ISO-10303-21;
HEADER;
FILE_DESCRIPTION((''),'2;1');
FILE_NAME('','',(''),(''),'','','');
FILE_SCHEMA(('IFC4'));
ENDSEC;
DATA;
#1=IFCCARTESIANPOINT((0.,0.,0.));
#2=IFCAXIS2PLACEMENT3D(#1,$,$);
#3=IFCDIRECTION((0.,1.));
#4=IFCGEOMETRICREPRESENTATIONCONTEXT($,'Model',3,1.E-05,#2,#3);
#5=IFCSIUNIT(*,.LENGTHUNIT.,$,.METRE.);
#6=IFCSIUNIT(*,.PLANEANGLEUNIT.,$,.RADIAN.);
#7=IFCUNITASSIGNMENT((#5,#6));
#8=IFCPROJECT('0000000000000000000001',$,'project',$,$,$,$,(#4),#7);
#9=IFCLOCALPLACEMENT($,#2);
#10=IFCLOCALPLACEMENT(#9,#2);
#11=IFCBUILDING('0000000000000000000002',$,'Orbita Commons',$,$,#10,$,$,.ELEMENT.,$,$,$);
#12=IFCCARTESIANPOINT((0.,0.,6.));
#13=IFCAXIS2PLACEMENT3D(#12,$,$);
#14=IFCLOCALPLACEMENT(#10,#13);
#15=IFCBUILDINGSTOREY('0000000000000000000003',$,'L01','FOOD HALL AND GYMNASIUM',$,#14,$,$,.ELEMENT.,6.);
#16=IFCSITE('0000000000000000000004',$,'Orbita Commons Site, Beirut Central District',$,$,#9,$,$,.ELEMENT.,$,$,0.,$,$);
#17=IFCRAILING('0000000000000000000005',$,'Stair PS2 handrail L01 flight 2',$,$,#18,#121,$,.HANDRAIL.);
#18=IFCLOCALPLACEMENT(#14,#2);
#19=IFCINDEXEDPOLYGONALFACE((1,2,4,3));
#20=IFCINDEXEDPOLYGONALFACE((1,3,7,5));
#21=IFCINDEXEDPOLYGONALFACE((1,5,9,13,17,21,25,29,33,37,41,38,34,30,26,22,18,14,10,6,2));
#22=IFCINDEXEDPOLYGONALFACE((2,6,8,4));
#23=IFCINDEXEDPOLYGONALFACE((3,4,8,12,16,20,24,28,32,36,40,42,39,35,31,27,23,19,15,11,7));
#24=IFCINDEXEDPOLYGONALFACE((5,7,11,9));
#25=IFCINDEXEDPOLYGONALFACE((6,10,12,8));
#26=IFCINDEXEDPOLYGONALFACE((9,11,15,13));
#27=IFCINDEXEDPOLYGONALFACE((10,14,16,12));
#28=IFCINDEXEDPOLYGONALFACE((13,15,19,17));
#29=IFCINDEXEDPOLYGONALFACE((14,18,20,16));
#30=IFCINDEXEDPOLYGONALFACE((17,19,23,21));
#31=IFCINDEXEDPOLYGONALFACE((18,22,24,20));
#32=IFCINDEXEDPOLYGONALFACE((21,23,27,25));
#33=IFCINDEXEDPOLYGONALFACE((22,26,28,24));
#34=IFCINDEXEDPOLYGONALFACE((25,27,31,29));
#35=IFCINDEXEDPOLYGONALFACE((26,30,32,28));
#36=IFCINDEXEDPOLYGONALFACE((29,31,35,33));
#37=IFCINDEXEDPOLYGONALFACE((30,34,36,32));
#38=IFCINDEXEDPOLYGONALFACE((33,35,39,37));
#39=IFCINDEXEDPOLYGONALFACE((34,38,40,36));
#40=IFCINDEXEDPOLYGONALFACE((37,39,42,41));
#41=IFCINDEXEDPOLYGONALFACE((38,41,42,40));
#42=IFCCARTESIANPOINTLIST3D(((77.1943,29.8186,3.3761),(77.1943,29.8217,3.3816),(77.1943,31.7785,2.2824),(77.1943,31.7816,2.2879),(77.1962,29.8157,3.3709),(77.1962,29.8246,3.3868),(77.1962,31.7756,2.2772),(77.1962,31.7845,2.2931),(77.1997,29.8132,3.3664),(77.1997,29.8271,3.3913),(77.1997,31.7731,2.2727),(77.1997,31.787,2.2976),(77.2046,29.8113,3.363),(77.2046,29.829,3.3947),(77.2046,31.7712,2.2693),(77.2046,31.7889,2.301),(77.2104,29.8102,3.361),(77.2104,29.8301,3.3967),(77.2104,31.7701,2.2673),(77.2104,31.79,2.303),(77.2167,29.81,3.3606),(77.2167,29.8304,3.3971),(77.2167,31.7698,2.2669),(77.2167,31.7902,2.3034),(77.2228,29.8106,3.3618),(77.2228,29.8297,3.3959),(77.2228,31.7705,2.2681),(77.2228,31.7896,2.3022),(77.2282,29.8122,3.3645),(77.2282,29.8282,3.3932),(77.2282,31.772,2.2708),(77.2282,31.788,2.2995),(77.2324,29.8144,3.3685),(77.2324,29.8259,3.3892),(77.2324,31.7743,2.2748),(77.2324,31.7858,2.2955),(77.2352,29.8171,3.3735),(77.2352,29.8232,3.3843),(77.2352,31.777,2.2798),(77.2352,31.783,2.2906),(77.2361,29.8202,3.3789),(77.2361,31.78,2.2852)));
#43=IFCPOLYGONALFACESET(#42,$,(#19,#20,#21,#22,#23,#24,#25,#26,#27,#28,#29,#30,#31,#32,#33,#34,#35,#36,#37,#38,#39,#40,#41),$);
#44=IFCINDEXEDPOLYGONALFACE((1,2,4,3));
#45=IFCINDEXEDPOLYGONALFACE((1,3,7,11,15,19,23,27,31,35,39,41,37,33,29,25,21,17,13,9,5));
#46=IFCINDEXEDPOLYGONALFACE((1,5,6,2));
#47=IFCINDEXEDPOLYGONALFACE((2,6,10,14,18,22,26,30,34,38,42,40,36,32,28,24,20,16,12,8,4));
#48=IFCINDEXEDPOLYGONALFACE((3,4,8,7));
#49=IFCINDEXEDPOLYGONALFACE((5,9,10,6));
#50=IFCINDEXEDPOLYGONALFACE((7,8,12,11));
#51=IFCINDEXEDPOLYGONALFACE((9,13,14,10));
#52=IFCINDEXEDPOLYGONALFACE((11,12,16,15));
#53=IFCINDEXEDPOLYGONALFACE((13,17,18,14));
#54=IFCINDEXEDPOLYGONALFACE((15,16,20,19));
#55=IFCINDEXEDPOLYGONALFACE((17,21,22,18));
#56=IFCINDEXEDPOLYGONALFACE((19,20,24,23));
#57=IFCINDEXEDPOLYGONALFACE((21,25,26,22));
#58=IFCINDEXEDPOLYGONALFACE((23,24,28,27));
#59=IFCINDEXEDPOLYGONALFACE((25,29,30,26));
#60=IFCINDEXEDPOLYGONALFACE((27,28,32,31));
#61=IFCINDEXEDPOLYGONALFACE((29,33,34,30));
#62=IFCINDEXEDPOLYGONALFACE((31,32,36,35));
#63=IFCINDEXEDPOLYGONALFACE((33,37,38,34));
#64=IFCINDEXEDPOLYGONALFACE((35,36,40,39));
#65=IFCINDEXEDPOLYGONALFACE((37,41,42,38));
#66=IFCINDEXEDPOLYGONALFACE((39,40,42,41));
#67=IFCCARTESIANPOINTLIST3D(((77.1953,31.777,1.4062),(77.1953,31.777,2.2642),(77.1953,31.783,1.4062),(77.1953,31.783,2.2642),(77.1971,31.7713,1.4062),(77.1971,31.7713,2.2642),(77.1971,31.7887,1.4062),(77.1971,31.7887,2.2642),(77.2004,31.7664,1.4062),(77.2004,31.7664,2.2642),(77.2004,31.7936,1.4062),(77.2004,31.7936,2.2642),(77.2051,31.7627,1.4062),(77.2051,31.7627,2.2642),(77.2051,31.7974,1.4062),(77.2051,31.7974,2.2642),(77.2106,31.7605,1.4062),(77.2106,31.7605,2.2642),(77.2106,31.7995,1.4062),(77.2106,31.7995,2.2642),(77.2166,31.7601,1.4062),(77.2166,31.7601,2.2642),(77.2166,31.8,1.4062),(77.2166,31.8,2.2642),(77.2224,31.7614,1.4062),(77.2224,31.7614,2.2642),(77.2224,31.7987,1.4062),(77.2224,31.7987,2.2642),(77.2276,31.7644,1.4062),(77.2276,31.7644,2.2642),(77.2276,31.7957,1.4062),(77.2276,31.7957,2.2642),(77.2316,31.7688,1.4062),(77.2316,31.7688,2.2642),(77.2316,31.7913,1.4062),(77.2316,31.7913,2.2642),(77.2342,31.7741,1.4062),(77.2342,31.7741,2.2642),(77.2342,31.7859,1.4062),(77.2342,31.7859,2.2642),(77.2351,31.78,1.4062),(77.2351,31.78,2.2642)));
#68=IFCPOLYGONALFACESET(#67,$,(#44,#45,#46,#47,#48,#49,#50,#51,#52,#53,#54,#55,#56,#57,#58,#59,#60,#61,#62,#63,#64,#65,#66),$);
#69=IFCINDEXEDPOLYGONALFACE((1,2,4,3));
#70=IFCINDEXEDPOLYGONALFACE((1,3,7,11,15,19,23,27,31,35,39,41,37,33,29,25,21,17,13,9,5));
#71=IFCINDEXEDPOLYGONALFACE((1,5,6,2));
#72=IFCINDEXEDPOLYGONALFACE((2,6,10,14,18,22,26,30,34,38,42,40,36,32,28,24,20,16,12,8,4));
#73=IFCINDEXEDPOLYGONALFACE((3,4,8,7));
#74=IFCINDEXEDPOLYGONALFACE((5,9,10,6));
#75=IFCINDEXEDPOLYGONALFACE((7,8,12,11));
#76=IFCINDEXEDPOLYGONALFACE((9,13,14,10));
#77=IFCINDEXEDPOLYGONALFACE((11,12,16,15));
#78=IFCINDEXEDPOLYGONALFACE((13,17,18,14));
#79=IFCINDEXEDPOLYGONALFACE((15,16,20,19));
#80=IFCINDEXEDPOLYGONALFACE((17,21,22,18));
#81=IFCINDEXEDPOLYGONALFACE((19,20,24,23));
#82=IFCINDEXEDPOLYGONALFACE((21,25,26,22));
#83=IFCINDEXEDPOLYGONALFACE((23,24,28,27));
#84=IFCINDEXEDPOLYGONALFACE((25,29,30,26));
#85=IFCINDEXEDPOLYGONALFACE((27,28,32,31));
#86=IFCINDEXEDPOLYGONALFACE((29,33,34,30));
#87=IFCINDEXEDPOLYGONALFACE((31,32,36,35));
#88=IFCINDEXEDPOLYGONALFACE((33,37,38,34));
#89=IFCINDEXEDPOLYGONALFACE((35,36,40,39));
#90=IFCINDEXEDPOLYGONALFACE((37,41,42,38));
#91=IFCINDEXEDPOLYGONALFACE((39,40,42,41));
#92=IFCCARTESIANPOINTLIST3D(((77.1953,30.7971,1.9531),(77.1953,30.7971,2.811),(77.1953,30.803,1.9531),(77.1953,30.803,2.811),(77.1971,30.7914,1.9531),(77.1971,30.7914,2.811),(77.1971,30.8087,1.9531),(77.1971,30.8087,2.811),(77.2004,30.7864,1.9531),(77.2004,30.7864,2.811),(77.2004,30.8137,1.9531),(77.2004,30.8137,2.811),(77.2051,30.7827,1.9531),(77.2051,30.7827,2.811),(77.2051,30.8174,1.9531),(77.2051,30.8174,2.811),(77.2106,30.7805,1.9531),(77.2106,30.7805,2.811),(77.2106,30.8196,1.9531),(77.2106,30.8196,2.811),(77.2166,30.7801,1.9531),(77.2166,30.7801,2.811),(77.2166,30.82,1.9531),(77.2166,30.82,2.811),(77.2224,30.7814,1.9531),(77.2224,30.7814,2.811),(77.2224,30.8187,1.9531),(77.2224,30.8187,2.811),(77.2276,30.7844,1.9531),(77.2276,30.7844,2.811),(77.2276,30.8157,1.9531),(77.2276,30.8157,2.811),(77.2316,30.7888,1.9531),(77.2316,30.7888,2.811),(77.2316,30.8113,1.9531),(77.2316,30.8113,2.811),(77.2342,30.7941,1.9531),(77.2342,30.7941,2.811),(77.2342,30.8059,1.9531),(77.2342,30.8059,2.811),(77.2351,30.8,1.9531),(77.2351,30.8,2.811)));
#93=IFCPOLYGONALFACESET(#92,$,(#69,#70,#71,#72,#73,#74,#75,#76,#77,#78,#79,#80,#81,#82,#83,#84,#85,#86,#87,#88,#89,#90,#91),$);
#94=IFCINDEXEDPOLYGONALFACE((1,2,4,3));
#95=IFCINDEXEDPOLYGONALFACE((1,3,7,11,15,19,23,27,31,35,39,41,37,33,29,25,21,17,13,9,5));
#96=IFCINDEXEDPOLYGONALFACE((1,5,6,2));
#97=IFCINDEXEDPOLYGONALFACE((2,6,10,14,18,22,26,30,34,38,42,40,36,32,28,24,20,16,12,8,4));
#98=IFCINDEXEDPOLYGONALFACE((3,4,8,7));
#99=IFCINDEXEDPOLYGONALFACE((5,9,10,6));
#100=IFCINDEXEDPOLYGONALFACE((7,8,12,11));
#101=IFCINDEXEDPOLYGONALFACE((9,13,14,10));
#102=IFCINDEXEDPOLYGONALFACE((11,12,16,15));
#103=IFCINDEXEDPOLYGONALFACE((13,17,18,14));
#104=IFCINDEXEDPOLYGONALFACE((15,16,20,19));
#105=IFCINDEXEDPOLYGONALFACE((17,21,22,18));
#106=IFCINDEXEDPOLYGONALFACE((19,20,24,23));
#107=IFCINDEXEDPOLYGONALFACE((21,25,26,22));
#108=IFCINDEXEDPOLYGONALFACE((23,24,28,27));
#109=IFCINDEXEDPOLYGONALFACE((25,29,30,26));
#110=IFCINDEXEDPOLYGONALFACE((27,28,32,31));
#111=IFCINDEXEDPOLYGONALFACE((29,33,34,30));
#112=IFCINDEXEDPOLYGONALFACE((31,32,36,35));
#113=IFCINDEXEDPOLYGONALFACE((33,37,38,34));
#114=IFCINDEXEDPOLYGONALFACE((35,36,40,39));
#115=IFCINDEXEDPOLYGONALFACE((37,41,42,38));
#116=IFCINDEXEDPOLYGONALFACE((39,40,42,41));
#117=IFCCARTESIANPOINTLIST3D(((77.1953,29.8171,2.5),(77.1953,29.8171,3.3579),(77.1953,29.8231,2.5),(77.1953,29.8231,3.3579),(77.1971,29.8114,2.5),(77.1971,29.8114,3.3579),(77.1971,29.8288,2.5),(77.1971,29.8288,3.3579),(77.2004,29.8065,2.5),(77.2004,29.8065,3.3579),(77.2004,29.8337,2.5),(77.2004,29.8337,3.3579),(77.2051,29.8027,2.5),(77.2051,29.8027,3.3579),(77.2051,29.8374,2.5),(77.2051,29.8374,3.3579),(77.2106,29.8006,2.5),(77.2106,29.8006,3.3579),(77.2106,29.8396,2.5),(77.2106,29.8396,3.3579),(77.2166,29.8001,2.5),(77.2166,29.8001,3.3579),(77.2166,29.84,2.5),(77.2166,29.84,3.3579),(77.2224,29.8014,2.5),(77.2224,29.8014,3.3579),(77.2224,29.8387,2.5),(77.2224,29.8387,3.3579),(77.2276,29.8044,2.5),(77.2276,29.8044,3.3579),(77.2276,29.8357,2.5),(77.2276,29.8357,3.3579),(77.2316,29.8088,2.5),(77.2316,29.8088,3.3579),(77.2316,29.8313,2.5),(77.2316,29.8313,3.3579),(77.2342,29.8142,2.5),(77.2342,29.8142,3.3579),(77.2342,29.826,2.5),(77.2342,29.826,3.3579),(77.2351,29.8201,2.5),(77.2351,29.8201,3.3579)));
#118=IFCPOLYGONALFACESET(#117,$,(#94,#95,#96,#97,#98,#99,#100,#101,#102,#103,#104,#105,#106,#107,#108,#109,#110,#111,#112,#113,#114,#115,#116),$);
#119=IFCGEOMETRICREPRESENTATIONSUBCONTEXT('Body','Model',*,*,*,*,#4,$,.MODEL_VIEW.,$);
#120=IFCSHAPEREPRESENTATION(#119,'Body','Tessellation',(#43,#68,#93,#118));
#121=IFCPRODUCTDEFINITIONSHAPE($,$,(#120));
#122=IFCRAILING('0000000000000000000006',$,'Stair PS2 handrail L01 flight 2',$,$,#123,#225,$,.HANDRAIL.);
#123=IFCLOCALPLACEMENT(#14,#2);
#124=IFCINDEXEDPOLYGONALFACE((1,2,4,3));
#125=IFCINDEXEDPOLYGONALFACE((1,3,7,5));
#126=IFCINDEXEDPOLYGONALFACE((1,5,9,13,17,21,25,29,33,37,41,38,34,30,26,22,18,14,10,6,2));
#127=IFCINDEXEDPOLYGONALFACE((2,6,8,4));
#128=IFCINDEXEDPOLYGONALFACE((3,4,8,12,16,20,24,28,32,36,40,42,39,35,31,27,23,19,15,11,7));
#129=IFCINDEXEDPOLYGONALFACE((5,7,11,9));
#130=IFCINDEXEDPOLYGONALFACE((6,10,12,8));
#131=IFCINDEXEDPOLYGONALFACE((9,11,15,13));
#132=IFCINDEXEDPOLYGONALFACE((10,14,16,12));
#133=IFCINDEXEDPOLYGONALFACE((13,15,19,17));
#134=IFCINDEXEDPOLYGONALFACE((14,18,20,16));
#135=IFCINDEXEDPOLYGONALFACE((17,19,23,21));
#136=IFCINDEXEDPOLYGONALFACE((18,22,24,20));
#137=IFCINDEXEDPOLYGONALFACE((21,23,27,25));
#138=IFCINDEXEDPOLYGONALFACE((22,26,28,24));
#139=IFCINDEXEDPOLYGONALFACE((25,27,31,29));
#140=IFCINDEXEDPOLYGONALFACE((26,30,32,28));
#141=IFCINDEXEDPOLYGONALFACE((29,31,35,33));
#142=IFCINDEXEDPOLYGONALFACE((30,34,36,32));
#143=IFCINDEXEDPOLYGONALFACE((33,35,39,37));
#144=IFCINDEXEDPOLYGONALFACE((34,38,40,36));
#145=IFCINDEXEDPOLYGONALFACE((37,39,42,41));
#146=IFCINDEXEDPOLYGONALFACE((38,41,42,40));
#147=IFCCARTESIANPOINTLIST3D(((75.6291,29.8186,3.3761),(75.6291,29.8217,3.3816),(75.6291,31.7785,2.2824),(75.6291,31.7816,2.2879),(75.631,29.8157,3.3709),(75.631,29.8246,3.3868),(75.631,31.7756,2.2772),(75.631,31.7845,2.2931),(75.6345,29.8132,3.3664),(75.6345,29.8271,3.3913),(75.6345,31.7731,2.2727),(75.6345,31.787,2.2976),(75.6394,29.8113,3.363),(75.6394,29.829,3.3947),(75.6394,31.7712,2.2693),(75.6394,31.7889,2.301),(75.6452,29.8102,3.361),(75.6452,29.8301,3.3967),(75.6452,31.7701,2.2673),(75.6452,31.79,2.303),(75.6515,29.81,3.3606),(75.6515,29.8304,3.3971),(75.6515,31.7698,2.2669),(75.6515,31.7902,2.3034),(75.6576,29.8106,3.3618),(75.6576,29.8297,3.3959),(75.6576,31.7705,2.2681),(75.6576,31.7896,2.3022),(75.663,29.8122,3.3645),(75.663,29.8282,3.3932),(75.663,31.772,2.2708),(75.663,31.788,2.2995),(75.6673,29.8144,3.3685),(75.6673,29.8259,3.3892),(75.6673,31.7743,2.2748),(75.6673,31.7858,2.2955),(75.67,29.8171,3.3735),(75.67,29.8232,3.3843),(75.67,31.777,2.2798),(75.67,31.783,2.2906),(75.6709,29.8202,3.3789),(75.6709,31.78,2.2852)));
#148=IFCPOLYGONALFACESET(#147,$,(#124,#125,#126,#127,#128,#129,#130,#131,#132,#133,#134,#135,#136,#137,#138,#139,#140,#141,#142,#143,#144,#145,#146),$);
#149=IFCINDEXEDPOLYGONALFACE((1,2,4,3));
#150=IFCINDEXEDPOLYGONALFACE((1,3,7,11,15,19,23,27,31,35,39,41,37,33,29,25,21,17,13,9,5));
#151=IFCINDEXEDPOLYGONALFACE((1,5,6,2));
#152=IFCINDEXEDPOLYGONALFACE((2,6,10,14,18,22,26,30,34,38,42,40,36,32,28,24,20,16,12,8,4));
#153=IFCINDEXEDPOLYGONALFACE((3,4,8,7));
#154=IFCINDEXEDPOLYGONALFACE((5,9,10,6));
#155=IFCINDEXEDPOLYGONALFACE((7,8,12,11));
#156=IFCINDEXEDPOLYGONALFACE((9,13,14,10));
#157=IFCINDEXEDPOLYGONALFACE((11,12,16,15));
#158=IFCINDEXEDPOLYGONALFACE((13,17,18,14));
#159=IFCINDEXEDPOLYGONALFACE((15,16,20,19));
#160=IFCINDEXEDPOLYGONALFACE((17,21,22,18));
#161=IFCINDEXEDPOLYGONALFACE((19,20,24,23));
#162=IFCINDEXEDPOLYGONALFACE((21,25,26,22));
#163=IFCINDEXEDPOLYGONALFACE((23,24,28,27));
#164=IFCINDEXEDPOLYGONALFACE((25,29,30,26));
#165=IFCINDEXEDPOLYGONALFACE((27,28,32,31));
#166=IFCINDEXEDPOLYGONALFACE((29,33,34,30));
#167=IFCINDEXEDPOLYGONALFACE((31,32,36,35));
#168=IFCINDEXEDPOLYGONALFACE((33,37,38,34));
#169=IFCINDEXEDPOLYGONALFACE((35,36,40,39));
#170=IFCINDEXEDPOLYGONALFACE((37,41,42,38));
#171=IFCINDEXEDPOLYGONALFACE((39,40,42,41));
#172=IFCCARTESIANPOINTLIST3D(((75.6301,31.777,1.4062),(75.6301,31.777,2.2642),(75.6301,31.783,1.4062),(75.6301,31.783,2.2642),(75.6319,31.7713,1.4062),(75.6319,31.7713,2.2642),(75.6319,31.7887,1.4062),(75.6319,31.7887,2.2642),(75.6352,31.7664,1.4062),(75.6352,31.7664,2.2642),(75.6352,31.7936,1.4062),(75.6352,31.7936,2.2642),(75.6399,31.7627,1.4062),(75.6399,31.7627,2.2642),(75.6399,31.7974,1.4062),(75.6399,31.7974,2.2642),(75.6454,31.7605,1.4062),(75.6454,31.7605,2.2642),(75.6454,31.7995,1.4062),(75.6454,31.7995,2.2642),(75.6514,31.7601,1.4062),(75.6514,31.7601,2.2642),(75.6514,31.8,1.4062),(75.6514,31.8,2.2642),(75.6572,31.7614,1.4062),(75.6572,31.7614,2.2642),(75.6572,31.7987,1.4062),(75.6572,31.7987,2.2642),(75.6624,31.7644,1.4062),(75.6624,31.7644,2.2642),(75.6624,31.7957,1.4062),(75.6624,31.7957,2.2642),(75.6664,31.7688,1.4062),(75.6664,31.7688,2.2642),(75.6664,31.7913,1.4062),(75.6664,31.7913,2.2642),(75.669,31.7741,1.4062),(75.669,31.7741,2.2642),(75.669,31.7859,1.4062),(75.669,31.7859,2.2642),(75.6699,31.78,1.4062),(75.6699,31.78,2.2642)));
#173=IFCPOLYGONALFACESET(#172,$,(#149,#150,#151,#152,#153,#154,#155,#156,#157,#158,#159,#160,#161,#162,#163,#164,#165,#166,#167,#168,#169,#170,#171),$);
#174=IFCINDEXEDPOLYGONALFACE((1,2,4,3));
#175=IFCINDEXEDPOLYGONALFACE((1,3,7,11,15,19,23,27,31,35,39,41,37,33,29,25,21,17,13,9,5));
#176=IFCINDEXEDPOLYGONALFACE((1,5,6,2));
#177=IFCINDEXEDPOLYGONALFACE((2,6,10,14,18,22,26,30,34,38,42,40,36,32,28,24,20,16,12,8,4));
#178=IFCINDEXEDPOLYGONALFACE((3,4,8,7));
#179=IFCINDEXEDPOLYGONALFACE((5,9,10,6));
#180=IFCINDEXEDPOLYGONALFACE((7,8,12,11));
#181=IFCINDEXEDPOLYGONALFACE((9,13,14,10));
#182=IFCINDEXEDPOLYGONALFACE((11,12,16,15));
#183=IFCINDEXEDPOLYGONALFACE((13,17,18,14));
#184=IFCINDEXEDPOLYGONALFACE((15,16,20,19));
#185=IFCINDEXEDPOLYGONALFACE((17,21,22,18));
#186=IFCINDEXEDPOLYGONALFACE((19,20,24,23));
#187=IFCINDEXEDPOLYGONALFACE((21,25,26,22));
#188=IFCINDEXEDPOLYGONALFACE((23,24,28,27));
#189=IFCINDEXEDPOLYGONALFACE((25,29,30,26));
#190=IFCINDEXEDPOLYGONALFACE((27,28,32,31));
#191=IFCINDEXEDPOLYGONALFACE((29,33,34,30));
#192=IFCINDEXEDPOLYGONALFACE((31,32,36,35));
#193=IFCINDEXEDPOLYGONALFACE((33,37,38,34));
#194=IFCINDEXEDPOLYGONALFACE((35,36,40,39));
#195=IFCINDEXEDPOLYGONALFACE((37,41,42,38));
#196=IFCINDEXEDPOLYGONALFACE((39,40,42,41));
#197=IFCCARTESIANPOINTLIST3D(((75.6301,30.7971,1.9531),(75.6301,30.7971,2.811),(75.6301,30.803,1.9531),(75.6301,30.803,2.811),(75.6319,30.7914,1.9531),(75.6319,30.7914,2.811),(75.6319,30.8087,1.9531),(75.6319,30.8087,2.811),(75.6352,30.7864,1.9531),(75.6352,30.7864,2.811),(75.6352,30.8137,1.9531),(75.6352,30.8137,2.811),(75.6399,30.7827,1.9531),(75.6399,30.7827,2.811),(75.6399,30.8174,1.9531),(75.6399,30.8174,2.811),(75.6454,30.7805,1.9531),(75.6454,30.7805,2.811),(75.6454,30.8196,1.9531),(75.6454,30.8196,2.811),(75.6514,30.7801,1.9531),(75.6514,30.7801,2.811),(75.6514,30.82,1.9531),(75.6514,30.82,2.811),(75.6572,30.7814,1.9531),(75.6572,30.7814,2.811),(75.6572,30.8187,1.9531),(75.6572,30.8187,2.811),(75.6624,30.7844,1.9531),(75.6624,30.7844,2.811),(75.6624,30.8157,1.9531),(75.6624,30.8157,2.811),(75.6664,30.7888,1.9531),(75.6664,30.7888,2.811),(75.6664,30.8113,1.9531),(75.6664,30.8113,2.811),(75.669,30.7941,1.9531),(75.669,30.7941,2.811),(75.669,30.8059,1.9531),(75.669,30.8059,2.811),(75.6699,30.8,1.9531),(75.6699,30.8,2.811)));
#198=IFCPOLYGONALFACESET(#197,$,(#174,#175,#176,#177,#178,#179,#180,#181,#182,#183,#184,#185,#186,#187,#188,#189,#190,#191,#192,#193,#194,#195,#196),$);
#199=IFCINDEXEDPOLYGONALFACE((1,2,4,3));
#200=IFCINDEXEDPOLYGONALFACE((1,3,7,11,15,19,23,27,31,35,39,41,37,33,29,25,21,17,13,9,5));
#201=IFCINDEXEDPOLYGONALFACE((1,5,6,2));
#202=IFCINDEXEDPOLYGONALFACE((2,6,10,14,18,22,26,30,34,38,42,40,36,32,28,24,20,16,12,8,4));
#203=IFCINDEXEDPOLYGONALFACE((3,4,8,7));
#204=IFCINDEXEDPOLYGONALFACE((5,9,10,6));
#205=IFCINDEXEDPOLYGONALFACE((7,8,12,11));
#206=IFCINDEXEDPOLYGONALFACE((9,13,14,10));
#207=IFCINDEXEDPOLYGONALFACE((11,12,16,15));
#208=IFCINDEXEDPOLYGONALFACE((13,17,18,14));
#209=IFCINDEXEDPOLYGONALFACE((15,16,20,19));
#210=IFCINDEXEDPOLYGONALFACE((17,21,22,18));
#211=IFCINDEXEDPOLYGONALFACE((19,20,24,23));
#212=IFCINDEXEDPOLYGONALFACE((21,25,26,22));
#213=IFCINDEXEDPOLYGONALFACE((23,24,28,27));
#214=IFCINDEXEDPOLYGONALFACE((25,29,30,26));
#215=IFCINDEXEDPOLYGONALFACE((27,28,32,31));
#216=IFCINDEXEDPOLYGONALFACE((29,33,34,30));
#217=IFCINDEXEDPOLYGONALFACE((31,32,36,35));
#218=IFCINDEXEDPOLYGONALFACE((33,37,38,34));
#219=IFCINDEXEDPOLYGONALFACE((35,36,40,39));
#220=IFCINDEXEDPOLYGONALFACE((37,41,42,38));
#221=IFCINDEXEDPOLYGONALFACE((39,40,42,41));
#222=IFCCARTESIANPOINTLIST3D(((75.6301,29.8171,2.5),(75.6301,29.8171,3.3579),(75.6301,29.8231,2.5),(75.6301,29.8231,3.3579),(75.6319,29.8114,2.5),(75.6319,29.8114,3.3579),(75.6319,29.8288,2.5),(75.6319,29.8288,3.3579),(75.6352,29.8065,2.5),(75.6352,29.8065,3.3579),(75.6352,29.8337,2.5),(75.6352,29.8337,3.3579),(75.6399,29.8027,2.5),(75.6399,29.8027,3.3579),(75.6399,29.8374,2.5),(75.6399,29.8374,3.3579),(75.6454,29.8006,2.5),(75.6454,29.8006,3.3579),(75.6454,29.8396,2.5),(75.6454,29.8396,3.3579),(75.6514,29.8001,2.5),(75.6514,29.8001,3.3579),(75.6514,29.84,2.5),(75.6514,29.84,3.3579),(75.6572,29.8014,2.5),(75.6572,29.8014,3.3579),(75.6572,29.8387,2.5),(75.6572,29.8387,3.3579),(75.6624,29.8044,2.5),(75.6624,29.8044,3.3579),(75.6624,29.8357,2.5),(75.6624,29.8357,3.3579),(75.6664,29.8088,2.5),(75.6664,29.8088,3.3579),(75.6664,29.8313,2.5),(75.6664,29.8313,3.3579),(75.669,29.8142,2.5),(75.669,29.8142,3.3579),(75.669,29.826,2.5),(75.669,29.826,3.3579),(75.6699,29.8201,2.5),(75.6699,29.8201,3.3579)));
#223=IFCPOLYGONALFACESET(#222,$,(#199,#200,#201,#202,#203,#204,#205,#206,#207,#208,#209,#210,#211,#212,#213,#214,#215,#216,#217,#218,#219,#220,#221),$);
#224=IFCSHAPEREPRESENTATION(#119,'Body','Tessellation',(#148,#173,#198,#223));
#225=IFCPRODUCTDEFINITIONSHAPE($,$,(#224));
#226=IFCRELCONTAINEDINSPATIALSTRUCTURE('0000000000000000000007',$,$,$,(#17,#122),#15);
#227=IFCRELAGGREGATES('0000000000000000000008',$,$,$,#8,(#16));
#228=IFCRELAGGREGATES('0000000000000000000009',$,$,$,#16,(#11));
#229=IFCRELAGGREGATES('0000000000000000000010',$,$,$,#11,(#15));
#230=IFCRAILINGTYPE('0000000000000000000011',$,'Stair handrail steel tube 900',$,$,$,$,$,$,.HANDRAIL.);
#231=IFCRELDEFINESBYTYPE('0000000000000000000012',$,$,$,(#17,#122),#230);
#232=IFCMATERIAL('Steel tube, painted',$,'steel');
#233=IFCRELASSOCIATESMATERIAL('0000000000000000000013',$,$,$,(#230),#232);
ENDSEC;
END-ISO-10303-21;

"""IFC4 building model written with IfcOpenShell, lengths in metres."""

from ifc_helpers import new_model, si_unit, direction, frame, origin, origin_2d, place, context, subcontext, project, spatial, circle, extrude, material, type_object, element, save


model = new_model("IFC4")

# Units and contexts
model_context = context("Model", 3, precision=1e-05, world=origin(), true_north=direction((0.0, 1.0)))
body_context = subcontext(model_context, "Body", "Model", "MODEL_VIEW")
ifc_project = project(units=[si_unit("LENGTHUNIT", "METRE"), si_unit("PLANEANGLEUNIT", "RADIAN")], contexts=[model_context])

# Site, building, storey
site_placement = place(None, origin())
site = spatial("IfcSite", under=ifc_project, at=site_placement, Name="Orbita Commons Site, Beirut Central District", CompositionType="ELEMENT", RefElevation=0.0)
building_placement = place(site_placement, origin())
building = spatial("IfcBuilding", under=site, at=building_placement, Name="Orbita Commons", CompositionType="ELEMENT")
storey_placement = place(building_placement, frame((0.0, 0.0, 6.0)))
storey = spatial("IfcBuildingStorey", under=building, at=storey_placement, Name="L01", Description="FOOD HALL AND GYMNASIUM", CompositionType="ELEMENT", Elevation=6.0)

# Railings
ifc_material_1 = material(Name="Steel tube, painted", Category="steel")
railing_type_1 = type_object("IfcRailingType", Name="Stair handrail steel tube 900", PredefinedType="HANDRAIL", material=ifc_material_1)
for number, where, name in (
    (1, (77.2151, 31.78, 1.4062), "Stair PS2 handrail L01 flight 2"),
    (2, (75.6499, 31.78, 1.4062), "Stair PS2 handrail L01 flight 2"),
):
    element("IfcRailing", number, at=place(storey_placement, frame(where)), inside=storey, type_object=railing_type_1, Name=name, PredefinedType="HANDRAIL", context=body_context, shape_type="SweptSolid", body=[
        extrude(circle(Radius=0.021, at=origin_2d()), frame((0.0, 0.0, 0.8789), z_axis=(0.0, -0.873232, 0.487304), x_axis=(1.0, 0.0, 0.0)), (0.0, 0.0, 1.0), 2.2444),
        extrude(circle(Radius=0.02, at=origin_2d()), origin(), (0.0, 0.0, 1.0), 0.8579),
        extrude(circle(Radius=0.02, at=origin_2d()), frame((0.0, -0.98, 0.5469)), (0.0, 0.0, 1.0), 0.8579),
        extrude(circle(Radius=0.02, at=origin_2d()), frame((0.0, -1.96, 1.0938)), (0.0, 0.0, 1.0), 0.8579),
    ])

save(model, "model.ifc")
